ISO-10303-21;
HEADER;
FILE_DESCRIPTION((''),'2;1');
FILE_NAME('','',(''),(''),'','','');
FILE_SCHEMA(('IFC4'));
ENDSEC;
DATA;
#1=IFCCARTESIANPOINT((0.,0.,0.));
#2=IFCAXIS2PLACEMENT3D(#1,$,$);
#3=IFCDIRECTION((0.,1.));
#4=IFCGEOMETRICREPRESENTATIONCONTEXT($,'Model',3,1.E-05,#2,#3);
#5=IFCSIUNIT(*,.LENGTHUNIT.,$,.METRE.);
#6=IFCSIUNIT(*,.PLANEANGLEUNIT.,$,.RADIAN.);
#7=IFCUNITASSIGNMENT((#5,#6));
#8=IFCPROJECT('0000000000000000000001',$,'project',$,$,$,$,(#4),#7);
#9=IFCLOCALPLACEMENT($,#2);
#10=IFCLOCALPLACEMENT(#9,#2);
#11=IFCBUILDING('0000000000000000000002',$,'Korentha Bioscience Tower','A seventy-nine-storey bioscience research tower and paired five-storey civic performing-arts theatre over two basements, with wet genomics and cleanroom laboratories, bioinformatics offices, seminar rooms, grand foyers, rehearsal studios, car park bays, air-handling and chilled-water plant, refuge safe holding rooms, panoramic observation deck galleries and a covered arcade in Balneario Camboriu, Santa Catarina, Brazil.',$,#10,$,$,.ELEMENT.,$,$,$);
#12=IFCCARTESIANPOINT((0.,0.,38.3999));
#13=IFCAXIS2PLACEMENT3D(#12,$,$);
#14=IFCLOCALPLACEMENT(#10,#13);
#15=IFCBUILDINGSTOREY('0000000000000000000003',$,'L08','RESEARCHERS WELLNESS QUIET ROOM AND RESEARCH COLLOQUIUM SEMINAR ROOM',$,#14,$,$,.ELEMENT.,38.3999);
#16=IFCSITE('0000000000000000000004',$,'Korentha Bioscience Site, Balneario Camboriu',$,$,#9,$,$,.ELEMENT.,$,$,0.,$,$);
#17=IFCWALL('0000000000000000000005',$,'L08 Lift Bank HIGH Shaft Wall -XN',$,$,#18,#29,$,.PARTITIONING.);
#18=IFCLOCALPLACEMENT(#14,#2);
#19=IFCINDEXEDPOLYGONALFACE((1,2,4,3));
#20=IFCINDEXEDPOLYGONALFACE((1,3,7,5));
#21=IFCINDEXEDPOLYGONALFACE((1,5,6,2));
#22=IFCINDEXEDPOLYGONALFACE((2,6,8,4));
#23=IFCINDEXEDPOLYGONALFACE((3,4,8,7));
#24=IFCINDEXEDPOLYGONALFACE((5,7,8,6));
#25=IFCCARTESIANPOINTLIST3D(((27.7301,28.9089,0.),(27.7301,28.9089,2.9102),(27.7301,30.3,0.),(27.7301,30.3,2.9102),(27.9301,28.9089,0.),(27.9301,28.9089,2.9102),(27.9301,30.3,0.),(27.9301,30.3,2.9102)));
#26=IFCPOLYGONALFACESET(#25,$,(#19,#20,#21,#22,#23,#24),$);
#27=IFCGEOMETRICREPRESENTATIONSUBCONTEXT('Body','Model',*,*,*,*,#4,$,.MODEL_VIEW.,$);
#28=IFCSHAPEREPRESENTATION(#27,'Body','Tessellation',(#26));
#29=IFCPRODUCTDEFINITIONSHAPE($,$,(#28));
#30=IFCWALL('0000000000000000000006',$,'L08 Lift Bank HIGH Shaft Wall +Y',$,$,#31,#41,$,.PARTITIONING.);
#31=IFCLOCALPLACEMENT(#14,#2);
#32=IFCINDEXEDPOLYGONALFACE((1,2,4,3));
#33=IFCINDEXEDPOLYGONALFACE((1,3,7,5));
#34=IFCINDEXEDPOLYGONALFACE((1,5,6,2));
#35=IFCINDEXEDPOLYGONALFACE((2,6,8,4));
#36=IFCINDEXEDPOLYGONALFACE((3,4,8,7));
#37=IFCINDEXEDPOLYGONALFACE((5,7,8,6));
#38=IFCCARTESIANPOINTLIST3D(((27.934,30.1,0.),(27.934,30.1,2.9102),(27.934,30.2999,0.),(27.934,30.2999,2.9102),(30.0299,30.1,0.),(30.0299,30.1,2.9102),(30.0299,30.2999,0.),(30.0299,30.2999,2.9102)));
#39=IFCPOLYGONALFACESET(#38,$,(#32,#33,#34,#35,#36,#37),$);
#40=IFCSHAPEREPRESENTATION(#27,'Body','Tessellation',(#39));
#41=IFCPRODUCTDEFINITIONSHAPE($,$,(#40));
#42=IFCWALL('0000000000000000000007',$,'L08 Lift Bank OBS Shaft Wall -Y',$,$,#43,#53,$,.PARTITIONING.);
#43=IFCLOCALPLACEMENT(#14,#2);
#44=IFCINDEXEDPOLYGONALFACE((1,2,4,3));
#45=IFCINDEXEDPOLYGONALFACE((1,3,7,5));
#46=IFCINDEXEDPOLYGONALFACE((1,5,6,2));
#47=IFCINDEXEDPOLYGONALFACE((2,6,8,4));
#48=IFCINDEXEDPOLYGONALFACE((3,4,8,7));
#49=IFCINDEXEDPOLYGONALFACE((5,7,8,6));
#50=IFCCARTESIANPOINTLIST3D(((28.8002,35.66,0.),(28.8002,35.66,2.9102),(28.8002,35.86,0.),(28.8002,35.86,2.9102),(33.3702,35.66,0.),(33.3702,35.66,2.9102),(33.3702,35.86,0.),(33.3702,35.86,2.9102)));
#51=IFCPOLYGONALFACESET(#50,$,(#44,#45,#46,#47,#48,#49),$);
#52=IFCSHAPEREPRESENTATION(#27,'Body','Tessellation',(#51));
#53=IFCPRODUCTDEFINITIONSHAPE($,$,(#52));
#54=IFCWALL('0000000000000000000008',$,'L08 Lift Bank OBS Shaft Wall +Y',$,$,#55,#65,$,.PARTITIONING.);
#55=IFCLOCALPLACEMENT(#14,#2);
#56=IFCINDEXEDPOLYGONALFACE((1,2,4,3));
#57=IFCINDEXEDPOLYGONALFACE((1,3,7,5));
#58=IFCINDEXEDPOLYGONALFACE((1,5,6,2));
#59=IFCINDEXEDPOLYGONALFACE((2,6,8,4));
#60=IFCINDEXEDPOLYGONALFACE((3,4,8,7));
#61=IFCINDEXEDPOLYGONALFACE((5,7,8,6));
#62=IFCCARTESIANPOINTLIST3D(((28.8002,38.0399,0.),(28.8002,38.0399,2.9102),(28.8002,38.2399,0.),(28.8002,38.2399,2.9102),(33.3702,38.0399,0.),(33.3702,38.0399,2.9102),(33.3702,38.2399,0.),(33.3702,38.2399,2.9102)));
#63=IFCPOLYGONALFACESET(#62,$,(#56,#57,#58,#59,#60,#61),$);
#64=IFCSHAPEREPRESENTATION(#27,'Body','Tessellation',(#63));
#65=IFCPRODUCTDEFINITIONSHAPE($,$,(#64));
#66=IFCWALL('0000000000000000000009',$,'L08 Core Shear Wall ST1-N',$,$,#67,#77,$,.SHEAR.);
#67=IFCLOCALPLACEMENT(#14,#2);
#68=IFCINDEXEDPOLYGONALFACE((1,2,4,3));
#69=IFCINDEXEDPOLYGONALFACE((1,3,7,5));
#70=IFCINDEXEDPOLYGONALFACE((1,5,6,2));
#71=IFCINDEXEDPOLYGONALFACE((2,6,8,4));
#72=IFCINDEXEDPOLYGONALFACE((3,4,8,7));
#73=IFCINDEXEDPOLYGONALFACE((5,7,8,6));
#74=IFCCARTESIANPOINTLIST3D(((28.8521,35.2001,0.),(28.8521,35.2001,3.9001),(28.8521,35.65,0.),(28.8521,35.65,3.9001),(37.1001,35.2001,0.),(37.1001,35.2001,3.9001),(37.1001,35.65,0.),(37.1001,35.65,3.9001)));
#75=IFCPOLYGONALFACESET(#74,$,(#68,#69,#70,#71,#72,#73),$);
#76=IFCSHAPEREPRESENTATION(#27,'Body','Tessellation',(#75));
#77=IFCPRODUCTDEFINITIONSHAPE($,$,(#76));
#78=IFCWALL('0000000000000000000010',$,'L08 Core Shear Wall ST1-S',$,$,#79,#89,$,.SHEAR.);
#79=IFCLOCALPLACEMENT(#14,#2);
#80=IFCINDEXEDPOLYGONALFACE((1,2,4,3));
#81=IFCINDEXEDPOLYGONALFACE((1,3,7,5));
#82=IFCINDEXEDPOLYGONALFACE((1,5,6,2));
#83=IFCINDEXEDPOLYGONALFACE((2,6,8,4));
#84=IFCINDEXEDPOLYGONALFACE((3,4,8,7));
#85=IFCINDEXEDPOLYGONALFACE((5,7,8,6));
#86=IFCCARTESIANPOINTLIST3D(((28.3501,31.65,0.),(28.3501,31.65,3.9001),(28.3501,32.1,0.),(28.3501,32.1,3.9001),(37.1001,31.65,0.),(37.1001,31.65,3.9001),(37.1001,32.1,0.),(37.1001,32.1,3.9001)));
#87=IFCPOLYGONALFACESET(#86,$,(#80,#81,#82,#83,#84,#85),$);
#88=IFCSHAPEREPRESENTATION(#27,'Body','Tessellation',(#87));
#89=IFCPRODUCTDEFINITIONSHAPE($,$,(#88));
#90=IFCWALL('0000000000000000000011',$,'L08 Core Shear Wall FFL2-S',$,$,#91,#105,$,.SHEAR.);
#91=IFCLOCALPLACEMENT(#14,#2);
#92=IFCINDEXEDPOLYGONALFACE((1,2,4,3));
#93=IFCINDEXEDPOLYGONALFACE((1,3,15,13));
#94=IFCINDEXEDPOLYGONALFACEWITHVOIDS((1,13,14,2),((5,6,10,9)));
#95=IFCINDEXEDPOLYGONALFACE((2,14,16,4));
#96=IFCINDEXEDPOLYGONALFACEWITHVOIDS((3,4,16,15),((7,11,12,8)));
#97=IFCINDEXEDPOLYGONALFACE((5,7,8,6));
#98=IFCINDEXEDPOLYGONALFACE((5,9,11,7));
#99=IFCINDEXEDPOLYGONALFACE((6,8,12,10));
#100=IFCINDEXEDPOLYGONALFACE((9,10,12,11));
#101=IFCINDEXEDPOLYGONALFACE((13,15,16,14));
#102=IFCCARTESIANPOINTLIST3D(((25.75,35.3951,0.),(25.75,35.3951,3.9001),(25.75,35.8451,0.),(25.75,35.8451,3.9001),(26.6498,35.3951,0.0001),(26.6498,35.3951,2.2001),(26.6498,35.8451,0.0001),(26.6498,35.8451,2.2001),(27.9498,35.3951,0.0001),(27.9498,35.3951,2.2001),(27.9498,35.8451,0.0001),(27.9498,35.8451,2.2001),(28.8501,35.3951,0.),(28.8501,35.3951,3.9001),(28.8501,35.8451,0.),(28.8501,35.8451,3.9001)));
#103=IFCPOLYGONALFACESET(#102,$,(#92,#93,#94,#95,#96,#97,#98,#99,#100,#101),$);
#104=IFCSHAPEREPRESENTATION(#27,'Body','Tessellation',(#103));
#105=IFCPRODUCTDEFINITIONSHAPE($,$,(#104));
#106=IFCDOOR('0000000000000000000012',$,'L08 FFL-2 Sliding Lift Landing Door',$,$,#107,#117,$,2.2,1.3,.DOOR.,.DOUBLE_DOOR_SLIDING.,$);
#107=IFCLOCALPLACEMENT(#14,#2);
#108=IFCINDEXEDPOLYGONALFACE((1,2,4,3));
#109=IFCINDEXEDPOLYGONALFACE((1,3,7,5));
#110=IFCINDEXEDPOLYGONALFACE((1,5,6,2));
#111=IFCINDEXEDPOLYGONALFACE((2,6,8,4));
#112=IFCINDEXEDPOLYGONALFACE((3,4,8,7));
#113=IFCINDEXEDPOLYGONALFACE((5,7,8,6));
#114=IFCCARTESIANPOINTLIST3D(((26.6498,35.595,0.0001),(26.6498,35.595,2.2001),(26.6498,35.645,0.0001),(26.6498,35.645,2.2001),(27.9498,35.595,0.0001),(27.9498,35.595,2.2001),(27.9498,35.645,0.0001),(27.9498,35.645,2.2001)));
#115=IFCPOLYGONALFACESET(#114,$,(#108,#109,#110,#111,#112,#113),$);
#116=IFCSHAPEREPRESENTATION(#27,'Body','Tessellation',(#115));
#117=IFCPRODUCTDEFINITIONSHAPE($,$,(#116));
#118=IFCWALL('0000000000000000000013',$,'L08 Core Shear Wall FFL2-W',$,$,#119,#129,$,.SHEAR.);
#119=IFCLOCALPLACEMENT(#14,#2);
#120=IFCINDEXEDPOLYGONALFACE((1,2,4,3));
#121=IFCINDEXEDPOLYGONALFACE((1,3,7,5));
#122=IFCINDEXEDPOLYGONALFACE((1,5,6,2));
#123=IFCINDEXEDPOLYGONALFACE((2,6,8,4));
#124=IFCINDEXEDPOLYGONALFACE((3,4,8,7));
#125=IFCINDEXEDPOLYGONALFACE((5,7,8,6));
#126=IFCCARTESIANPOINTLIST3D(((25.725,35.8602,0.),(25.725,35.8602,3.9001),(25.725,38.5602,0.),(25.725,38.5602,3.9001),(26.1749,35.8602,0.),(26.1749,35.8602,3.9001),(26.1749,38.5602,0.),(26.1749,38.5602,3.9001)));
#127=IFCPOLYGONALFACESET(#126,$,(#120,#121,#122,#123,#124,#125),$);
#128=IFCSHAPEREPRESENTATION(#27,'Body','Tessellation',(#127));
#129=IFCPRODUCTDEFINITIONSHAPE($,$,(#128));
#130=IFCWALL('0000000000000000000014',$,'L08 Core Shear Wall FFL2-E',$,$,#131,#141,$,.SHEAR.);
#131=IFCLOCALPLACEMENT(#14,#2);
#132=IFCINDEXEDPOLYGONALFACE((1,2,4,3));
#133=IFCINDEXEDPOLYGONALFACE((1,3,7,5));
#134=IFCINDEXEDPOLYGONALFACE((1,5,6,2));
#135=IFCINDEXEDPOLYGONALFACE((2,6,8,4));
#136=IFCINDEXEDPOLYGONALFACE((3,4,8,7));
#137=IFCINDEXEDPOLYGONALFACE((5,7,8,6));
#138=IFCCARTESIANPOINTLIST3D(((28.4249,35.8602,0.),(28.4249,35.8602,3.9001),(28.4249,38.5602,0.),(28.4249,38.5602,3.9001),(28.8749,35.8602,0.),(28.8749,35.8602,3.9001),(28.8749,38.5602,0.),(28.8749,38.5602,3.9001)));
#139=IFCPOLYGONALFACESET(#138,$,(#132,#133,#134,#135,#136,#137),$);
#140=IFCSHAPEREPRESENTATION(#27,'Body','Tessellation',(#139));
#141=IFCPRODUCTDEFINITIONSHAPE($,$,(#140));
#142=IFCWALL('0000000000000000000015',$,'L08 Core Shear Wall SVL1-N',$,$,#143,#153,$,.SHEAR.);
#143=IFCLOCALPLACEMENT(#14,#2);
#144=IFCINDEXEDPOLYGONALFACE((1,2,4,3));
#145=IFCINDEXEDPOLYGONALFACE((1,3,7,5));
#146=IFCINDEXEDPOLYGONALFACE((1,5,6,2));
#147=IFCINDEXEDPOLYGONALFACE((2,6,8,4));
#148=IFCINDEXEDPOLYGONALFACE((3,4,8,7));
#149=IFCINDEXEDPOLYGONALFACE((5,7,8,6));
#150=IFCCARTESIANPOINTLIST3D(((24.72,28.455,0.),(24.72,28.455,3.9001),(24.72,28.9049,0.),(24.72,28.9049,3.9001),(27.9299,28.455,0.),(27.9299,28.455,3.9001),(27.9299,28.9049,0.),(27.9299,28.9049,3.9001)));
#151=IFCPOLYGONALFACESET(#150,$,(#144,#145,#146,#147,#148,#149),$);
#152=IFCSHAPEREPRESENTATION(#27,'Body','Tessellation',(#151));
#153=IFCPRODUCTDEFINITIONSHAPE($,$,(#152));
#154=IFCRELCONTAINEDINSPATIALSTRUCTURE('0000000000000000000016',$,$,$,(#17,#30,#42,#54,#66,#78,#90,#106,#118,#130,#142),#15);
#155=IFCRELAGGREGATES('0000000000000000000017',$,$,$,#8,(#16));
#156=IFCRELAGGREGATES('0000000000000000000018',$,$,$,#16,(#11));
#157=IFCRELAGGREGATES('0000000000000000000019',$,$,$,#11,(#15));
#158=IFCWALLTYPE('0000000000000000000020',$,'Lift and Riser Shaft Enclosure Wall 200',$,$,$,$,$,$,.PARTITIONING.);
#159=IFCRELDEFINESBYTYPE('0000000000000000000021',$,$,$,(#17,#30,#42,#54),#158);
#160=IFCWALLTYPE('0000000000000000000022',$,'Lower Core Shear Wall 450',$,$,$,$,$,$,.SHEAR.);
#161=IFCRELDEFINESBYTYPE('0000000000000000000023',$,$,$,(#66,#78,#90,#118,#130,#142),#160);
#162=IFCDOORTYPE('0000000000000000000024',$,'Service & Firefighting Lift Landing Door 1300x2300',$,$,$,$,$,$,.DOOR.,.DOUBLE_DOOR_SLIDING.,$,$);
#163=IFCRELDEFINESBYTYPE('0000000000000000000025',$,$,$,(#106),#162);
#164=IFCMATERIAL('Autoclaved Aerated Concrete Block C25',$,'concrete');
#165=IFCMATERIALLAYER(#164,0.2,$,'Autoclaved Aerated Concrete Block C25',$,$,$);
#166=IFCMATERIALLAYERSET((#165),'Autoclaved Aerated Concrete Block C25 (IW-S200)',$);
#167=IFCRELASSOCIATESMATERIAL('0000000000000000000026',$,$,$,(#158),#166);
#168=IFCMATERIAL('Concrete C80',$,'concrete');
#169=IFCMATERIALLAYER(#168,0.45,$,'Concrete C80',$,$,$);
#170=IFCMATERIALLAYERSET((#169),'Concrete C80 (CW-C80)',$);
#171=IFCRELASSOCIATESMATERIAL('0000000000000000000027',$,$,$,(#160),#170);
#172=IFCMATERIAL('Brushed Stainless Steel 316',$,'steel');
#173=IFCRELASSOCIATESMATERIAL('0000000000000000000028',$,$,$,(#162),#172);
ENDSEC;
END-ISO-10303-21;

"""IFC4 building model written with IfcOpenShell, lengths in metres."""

from ifc_helpers import new_model, si_unit, direction, frame, frame_2d, origin, place, context, subcontext, project, spatial, rectangle, extrude, material, layer, layer_set, type_object, element, fill, save


model = new_model("IFC4")

# Units and contexts
model_context = context("Model", 3, precision=1e-05, world=origin(), true_north=direction((0.0, 1.0)))
body_context = subcontext(model_context, "Body", "Model", "MODEL_VIEW")
ifc_project = project(units=[si_unit("LENGTHUNIT", "METRE"), si_unit("PLANEANGLEUNIT", "RADIAN")], contexts=[model_context])

# Site, building, storey
site_placement = place(None, origin())
site = spatial("IfcSite", under=ifc_project, at=site_placement, Name="Korentha Bioscience Site, Balneario Camboriu", CompositionType="ELEMENT", RefElevation=0.0)
building_placement = place(site_placement, origin())
building = spatial("IfcBuilding", under=site, at=building_placement, Name="Korentha Bioscience Tower", Description="A seventy-nine-storey bioscience research tower and paired five-storey civic performing-arts theatre over two basements, with wet genomics and cleanroom laboratories, bioinformatics offices, seminar rooms, grand foyers, rehearsal studios, car park bays, air-handling and chilled-water plant, refuge safe holding rooms, panoramic observation deck galleries and a covered arcade in Balneario Camboriu, Santa Catarina, Brazil.", CompositionType="ELEMENT")
storey_placement = place(building_placement, frame((0.0, 0.0, 38.3999)))
storey = spatial("IfcBuildingStorey", under=building, at=storey_placement, Name="L08", Description="RESEARCHERS WELLNESS QUIET ROOM AND RESEARCH COLLOQUIUM SEMINAR ROOM", CompositionType="ELEMENT", Elevation=38.3999)

# Shared definitions
ifc_material_1 = material(Name="Concrete C80", Category="concrete")

# Walls
ifc_material_2 = material(Name="Autoclaved Aerated Concrete Block C25", Category="concrete")
ifc_layer_1 = layer(ifc_material_2, 0.2, Name="Autoclaved Aerated Concrete Block C25")
ifc_layer_set_1 = layer_set([ifc_layer_1], Name="Autoclaved Aerated Concrete Block C25 (IW-S200)")
wall_type_1 = type_object("IfcWallType", Name="Lift and Riser Shaft Enclosure Wall 200", PredefinedType="PARTITIONING", material=ifc_layer_set_1)
wall_1_placement = place(storey_placement, frame((27.8301, 28.9089, 0.0), z_axis=(0.0, 0.0, 1.0), x_axis=(0.0, 1.0, 0.0)))
element("IfcWall", 1, at=wall_1_placement, inside=storey, type_object=wall_type_1, Name="L08 Lift Bank HIGH Shaft Wall -XN", PredefinedType="PARTITIONING", context=body_context, shape_type="SweptSolid", body=[
    extrude(rectangle(XDim=1.3911, YDim=0.2, at=frame_2d((0.6956, 0.0))), origin(), (0.0, 0.0, 1.0), 2.9102),
])
wall_2_placement = place(storey_placement, frame((27.9341, 30.2, 0.0), z_axis=(0.0, 0.0, 1.0), x_axis=(1.0, 0.0, 0.0)))
element("IfcWall", 2, at=wall_2_placement, inside=storey, type_object=wall_type_1, Name="L08 Lift Bank HIGH Shaft Wall +Y", PredefinedType="PARTITIONING", context=body_context, shape_type="SweptSolid", body=[
    extrude(rectangle(XDim=2.0959, YDim=0.2, at=frame_2d((1.0479, 0.0))), origin(), (0.0, 0.0, 1.0), 2.9102),
])
for number, where, z_axis, x_axis, name in (
    (3, (28.8, 35.76, 0.0), (0.0, 0.0, 1.0), (1.0, 0.0, 0.0), "L08 Lift Bank OBS Shaft Wall -Y"),
    (4, (28.8, 38.1399, 0.0), (0.0, 0.0, 1.0), (1.0, 0.0, 0.0), "L08 Lift Bank OBS Shaft Wall +Y"),
):
    element("IfcWall", number, at=place(storey_placement, frame(where, z_axis=z_axis, x_axis=x_axis)), inside=storey, type_object=wall_type_1, Name=name, PredefinedType="PARTITIONING", context=body_context, shape_type="SweptSolid", body=[
        extrude(rectangle(XDim=4.5701, YDim=0.2, at=frame_2d((2.2852, 0.0))), origin(), (0.0, 0.0, 1.0), 2.9102),
    ])
ifc_layer_2 = layer(ifc_material_1, 0.45, Name="Concrete C80")
ifc_layer_set_2 = layer_set([ifc_layer_2], Name="Concrete C80 (CW-C80)")
wall_type_2 = type_object("IfcWallType", Name="Lower Core Shear Wall 450", PredefinedType="SHEAR", material=ifc_layer_set_2)
wall_3_placement = place(storey_placement, frame((28.8521, 35.425, 0.0), z_axis=(0.0, 0.0, 1.0), x_axis=(1.0, 0.0, 0.0)))
element("IfcWall", 5, at=wall_3_placement, inside=storey, type_object=wall_type_2, Name="L08 Core Shear Wall ST1-N", PredefinedType="SHEAR", context=body_context, shape_type="SweptSolid", body=[
    extrude(rectangle(XDim=8.248, YDim=0.45, at=frame_2d((4.124, 0.0))), origin(), (0.0, 0.0, 1.0), 3.9001),
])
wall_4_placement = place(storey_placement, frame((28.3501, 31.875, 0.0), z_axis=(0.0, 0.0, 1.0), x_axis=(1.0, 0.0, 0.0)))
element("IfcWall", 6, at=wall_4_placement, inside=storey, type_object=wall_type_2, Name="L08 Core Shear Wall ST1-S", PredefinedType="SHEAR", context=body_context, shape_type="SweptSolid", body=[
    extrude(rectangle(XDim=8.75, YDim=0.45, at=frame_2d((4.375, 0.0))), origin(), (0.0, 0.0, 1.0), 3.9001),
])

# Wall, opening, door
wall_5_placement = place(storey_placement, frame((25.75, 35.6201, 0.0), z_axis=(0.0, 0.0, 1.0), x_axis=(1.0, 0.0, 0.0)))
wall_5 = element("IfcWall", 7, at=wall_5_placement, inside=storey, type_object=wall_type_2, Name="L08 Core Shear Wall FFL2-S", PredefinedType="SHEAR", context=body_context, shape_type="SweptSolid", body=[
    extrude(rectangle(XDim=3.1001, YDim=0.45, at=frame_2d((1.55, 0.0))), origin(), (0.0, 0.0, 1.0), 3.9001),
])
opening_1_placement = place(wall_5_placement, frame((0.8999, 0.0, 0.0)))
opening_1 = element("IfcOpeningElement", 8, at=opening_1_placement, cuts=wall_5, PredefinedType="OPENING", context=body_context, shape_type="SweptSolid", body=[
    extrude(rectangle(XDim=1.3, YDim=2.2, at=frame_2d((0.6499, 1.1001))), frame((0.0, 0.2397, 0.0), z_axis=(0.0, -1.0, 0.0), x_axis=(1.0, 0.0, 0.0)), (0.0, 0.0, 1.0), 0.4797),
])
ifc_material_3 = material(Name="Brushed Stainless Steel 316", Category="steel")
door_type_1 = type_object("IfcDoorType", Name="Service & Firefighting Lift Landing Door 1300x2300", OperationType="DOUBLE_DOOR_SLIDING", PredefinedType="DOOR", material=ifc_material_3)
door_1_placement = place(opening_1_placement, origin())
door_1 = element("IfcDoor", 9, at=door_1_placement, inside=storey, type_object=door_type_1, Name="L08 FFL-2 Sliding Lift Landing Door", OperationType="DOUBLE_DOOR_SLIDING", OverallHeight=2.2, OverallWidth=1.3, PredefinedType="DOOR", context=body_context, shape_type="SweptSolid", body=[
    extrude(rectangle(XDim=1.3, YDim=2.2, at=frame_2d((0.6499, 1.1001))), frame((0.0, 0.0249, 0.0), z_axis=(0.0, -1.0, 0.0), x_axis=(1.0, 0.0, 0.0)), (0.0, 0.0, 1.0), 0.05),
])
fill(opening_1, door_1)

# Walls
for number, where, z_axis, x_axis, name in (
    (10, (25.95, 35.8601, 0.0), (0.0, 0.0, 1.0), (0.0, 1.0, 0.0), "L08 Core Shear Wall FFL2-W"),
    (11, (28.6499, 35.8601, 0.0), (0.0, 0.0, 1.0), (0.0, 1.0, 0.0), "L08 Core Shear Wall FFL2-E"),
):
    element("IfcWall", number, at=place(storey_placement, frame(where, z_axis=z_axis, x_axis=x_axis)), inside=storey, type_object=wall_type_2, Name=name, PredefinedType="SHEAR", context=body_context, shape_type="SweptSolid", body=[
        extrude(rectangle(XDim=2.7, YDim=0.45, at=frame_2d((1.3501, 0.0))), origin(), (0.0, 0.0, 1.0), 3.9001),
    ])
wall_6_placement = place(storey_placement, frame((24.72, 28.6799, 0.0), z_axis=(0.0, 0.0, 1.0), x_axis=(1.0, 0.0, 0.0)))
element("IfcWall", 12, at=wall_6_placement, inside=storey, type_object=wall_type_2, Name="L08 Core Shear Wall SVL1-N", PredefinedType="SHEAR", context=body_context, shape_type="SweptSolid", body=[
    extrude(rectangle(XDim=3.21, YDim=0.45, at=frame_2d((1.605, 0.0))), origin(), (0.0, 0.0, 1.0), 3.9001),
])

save(model, "model.ifc")
